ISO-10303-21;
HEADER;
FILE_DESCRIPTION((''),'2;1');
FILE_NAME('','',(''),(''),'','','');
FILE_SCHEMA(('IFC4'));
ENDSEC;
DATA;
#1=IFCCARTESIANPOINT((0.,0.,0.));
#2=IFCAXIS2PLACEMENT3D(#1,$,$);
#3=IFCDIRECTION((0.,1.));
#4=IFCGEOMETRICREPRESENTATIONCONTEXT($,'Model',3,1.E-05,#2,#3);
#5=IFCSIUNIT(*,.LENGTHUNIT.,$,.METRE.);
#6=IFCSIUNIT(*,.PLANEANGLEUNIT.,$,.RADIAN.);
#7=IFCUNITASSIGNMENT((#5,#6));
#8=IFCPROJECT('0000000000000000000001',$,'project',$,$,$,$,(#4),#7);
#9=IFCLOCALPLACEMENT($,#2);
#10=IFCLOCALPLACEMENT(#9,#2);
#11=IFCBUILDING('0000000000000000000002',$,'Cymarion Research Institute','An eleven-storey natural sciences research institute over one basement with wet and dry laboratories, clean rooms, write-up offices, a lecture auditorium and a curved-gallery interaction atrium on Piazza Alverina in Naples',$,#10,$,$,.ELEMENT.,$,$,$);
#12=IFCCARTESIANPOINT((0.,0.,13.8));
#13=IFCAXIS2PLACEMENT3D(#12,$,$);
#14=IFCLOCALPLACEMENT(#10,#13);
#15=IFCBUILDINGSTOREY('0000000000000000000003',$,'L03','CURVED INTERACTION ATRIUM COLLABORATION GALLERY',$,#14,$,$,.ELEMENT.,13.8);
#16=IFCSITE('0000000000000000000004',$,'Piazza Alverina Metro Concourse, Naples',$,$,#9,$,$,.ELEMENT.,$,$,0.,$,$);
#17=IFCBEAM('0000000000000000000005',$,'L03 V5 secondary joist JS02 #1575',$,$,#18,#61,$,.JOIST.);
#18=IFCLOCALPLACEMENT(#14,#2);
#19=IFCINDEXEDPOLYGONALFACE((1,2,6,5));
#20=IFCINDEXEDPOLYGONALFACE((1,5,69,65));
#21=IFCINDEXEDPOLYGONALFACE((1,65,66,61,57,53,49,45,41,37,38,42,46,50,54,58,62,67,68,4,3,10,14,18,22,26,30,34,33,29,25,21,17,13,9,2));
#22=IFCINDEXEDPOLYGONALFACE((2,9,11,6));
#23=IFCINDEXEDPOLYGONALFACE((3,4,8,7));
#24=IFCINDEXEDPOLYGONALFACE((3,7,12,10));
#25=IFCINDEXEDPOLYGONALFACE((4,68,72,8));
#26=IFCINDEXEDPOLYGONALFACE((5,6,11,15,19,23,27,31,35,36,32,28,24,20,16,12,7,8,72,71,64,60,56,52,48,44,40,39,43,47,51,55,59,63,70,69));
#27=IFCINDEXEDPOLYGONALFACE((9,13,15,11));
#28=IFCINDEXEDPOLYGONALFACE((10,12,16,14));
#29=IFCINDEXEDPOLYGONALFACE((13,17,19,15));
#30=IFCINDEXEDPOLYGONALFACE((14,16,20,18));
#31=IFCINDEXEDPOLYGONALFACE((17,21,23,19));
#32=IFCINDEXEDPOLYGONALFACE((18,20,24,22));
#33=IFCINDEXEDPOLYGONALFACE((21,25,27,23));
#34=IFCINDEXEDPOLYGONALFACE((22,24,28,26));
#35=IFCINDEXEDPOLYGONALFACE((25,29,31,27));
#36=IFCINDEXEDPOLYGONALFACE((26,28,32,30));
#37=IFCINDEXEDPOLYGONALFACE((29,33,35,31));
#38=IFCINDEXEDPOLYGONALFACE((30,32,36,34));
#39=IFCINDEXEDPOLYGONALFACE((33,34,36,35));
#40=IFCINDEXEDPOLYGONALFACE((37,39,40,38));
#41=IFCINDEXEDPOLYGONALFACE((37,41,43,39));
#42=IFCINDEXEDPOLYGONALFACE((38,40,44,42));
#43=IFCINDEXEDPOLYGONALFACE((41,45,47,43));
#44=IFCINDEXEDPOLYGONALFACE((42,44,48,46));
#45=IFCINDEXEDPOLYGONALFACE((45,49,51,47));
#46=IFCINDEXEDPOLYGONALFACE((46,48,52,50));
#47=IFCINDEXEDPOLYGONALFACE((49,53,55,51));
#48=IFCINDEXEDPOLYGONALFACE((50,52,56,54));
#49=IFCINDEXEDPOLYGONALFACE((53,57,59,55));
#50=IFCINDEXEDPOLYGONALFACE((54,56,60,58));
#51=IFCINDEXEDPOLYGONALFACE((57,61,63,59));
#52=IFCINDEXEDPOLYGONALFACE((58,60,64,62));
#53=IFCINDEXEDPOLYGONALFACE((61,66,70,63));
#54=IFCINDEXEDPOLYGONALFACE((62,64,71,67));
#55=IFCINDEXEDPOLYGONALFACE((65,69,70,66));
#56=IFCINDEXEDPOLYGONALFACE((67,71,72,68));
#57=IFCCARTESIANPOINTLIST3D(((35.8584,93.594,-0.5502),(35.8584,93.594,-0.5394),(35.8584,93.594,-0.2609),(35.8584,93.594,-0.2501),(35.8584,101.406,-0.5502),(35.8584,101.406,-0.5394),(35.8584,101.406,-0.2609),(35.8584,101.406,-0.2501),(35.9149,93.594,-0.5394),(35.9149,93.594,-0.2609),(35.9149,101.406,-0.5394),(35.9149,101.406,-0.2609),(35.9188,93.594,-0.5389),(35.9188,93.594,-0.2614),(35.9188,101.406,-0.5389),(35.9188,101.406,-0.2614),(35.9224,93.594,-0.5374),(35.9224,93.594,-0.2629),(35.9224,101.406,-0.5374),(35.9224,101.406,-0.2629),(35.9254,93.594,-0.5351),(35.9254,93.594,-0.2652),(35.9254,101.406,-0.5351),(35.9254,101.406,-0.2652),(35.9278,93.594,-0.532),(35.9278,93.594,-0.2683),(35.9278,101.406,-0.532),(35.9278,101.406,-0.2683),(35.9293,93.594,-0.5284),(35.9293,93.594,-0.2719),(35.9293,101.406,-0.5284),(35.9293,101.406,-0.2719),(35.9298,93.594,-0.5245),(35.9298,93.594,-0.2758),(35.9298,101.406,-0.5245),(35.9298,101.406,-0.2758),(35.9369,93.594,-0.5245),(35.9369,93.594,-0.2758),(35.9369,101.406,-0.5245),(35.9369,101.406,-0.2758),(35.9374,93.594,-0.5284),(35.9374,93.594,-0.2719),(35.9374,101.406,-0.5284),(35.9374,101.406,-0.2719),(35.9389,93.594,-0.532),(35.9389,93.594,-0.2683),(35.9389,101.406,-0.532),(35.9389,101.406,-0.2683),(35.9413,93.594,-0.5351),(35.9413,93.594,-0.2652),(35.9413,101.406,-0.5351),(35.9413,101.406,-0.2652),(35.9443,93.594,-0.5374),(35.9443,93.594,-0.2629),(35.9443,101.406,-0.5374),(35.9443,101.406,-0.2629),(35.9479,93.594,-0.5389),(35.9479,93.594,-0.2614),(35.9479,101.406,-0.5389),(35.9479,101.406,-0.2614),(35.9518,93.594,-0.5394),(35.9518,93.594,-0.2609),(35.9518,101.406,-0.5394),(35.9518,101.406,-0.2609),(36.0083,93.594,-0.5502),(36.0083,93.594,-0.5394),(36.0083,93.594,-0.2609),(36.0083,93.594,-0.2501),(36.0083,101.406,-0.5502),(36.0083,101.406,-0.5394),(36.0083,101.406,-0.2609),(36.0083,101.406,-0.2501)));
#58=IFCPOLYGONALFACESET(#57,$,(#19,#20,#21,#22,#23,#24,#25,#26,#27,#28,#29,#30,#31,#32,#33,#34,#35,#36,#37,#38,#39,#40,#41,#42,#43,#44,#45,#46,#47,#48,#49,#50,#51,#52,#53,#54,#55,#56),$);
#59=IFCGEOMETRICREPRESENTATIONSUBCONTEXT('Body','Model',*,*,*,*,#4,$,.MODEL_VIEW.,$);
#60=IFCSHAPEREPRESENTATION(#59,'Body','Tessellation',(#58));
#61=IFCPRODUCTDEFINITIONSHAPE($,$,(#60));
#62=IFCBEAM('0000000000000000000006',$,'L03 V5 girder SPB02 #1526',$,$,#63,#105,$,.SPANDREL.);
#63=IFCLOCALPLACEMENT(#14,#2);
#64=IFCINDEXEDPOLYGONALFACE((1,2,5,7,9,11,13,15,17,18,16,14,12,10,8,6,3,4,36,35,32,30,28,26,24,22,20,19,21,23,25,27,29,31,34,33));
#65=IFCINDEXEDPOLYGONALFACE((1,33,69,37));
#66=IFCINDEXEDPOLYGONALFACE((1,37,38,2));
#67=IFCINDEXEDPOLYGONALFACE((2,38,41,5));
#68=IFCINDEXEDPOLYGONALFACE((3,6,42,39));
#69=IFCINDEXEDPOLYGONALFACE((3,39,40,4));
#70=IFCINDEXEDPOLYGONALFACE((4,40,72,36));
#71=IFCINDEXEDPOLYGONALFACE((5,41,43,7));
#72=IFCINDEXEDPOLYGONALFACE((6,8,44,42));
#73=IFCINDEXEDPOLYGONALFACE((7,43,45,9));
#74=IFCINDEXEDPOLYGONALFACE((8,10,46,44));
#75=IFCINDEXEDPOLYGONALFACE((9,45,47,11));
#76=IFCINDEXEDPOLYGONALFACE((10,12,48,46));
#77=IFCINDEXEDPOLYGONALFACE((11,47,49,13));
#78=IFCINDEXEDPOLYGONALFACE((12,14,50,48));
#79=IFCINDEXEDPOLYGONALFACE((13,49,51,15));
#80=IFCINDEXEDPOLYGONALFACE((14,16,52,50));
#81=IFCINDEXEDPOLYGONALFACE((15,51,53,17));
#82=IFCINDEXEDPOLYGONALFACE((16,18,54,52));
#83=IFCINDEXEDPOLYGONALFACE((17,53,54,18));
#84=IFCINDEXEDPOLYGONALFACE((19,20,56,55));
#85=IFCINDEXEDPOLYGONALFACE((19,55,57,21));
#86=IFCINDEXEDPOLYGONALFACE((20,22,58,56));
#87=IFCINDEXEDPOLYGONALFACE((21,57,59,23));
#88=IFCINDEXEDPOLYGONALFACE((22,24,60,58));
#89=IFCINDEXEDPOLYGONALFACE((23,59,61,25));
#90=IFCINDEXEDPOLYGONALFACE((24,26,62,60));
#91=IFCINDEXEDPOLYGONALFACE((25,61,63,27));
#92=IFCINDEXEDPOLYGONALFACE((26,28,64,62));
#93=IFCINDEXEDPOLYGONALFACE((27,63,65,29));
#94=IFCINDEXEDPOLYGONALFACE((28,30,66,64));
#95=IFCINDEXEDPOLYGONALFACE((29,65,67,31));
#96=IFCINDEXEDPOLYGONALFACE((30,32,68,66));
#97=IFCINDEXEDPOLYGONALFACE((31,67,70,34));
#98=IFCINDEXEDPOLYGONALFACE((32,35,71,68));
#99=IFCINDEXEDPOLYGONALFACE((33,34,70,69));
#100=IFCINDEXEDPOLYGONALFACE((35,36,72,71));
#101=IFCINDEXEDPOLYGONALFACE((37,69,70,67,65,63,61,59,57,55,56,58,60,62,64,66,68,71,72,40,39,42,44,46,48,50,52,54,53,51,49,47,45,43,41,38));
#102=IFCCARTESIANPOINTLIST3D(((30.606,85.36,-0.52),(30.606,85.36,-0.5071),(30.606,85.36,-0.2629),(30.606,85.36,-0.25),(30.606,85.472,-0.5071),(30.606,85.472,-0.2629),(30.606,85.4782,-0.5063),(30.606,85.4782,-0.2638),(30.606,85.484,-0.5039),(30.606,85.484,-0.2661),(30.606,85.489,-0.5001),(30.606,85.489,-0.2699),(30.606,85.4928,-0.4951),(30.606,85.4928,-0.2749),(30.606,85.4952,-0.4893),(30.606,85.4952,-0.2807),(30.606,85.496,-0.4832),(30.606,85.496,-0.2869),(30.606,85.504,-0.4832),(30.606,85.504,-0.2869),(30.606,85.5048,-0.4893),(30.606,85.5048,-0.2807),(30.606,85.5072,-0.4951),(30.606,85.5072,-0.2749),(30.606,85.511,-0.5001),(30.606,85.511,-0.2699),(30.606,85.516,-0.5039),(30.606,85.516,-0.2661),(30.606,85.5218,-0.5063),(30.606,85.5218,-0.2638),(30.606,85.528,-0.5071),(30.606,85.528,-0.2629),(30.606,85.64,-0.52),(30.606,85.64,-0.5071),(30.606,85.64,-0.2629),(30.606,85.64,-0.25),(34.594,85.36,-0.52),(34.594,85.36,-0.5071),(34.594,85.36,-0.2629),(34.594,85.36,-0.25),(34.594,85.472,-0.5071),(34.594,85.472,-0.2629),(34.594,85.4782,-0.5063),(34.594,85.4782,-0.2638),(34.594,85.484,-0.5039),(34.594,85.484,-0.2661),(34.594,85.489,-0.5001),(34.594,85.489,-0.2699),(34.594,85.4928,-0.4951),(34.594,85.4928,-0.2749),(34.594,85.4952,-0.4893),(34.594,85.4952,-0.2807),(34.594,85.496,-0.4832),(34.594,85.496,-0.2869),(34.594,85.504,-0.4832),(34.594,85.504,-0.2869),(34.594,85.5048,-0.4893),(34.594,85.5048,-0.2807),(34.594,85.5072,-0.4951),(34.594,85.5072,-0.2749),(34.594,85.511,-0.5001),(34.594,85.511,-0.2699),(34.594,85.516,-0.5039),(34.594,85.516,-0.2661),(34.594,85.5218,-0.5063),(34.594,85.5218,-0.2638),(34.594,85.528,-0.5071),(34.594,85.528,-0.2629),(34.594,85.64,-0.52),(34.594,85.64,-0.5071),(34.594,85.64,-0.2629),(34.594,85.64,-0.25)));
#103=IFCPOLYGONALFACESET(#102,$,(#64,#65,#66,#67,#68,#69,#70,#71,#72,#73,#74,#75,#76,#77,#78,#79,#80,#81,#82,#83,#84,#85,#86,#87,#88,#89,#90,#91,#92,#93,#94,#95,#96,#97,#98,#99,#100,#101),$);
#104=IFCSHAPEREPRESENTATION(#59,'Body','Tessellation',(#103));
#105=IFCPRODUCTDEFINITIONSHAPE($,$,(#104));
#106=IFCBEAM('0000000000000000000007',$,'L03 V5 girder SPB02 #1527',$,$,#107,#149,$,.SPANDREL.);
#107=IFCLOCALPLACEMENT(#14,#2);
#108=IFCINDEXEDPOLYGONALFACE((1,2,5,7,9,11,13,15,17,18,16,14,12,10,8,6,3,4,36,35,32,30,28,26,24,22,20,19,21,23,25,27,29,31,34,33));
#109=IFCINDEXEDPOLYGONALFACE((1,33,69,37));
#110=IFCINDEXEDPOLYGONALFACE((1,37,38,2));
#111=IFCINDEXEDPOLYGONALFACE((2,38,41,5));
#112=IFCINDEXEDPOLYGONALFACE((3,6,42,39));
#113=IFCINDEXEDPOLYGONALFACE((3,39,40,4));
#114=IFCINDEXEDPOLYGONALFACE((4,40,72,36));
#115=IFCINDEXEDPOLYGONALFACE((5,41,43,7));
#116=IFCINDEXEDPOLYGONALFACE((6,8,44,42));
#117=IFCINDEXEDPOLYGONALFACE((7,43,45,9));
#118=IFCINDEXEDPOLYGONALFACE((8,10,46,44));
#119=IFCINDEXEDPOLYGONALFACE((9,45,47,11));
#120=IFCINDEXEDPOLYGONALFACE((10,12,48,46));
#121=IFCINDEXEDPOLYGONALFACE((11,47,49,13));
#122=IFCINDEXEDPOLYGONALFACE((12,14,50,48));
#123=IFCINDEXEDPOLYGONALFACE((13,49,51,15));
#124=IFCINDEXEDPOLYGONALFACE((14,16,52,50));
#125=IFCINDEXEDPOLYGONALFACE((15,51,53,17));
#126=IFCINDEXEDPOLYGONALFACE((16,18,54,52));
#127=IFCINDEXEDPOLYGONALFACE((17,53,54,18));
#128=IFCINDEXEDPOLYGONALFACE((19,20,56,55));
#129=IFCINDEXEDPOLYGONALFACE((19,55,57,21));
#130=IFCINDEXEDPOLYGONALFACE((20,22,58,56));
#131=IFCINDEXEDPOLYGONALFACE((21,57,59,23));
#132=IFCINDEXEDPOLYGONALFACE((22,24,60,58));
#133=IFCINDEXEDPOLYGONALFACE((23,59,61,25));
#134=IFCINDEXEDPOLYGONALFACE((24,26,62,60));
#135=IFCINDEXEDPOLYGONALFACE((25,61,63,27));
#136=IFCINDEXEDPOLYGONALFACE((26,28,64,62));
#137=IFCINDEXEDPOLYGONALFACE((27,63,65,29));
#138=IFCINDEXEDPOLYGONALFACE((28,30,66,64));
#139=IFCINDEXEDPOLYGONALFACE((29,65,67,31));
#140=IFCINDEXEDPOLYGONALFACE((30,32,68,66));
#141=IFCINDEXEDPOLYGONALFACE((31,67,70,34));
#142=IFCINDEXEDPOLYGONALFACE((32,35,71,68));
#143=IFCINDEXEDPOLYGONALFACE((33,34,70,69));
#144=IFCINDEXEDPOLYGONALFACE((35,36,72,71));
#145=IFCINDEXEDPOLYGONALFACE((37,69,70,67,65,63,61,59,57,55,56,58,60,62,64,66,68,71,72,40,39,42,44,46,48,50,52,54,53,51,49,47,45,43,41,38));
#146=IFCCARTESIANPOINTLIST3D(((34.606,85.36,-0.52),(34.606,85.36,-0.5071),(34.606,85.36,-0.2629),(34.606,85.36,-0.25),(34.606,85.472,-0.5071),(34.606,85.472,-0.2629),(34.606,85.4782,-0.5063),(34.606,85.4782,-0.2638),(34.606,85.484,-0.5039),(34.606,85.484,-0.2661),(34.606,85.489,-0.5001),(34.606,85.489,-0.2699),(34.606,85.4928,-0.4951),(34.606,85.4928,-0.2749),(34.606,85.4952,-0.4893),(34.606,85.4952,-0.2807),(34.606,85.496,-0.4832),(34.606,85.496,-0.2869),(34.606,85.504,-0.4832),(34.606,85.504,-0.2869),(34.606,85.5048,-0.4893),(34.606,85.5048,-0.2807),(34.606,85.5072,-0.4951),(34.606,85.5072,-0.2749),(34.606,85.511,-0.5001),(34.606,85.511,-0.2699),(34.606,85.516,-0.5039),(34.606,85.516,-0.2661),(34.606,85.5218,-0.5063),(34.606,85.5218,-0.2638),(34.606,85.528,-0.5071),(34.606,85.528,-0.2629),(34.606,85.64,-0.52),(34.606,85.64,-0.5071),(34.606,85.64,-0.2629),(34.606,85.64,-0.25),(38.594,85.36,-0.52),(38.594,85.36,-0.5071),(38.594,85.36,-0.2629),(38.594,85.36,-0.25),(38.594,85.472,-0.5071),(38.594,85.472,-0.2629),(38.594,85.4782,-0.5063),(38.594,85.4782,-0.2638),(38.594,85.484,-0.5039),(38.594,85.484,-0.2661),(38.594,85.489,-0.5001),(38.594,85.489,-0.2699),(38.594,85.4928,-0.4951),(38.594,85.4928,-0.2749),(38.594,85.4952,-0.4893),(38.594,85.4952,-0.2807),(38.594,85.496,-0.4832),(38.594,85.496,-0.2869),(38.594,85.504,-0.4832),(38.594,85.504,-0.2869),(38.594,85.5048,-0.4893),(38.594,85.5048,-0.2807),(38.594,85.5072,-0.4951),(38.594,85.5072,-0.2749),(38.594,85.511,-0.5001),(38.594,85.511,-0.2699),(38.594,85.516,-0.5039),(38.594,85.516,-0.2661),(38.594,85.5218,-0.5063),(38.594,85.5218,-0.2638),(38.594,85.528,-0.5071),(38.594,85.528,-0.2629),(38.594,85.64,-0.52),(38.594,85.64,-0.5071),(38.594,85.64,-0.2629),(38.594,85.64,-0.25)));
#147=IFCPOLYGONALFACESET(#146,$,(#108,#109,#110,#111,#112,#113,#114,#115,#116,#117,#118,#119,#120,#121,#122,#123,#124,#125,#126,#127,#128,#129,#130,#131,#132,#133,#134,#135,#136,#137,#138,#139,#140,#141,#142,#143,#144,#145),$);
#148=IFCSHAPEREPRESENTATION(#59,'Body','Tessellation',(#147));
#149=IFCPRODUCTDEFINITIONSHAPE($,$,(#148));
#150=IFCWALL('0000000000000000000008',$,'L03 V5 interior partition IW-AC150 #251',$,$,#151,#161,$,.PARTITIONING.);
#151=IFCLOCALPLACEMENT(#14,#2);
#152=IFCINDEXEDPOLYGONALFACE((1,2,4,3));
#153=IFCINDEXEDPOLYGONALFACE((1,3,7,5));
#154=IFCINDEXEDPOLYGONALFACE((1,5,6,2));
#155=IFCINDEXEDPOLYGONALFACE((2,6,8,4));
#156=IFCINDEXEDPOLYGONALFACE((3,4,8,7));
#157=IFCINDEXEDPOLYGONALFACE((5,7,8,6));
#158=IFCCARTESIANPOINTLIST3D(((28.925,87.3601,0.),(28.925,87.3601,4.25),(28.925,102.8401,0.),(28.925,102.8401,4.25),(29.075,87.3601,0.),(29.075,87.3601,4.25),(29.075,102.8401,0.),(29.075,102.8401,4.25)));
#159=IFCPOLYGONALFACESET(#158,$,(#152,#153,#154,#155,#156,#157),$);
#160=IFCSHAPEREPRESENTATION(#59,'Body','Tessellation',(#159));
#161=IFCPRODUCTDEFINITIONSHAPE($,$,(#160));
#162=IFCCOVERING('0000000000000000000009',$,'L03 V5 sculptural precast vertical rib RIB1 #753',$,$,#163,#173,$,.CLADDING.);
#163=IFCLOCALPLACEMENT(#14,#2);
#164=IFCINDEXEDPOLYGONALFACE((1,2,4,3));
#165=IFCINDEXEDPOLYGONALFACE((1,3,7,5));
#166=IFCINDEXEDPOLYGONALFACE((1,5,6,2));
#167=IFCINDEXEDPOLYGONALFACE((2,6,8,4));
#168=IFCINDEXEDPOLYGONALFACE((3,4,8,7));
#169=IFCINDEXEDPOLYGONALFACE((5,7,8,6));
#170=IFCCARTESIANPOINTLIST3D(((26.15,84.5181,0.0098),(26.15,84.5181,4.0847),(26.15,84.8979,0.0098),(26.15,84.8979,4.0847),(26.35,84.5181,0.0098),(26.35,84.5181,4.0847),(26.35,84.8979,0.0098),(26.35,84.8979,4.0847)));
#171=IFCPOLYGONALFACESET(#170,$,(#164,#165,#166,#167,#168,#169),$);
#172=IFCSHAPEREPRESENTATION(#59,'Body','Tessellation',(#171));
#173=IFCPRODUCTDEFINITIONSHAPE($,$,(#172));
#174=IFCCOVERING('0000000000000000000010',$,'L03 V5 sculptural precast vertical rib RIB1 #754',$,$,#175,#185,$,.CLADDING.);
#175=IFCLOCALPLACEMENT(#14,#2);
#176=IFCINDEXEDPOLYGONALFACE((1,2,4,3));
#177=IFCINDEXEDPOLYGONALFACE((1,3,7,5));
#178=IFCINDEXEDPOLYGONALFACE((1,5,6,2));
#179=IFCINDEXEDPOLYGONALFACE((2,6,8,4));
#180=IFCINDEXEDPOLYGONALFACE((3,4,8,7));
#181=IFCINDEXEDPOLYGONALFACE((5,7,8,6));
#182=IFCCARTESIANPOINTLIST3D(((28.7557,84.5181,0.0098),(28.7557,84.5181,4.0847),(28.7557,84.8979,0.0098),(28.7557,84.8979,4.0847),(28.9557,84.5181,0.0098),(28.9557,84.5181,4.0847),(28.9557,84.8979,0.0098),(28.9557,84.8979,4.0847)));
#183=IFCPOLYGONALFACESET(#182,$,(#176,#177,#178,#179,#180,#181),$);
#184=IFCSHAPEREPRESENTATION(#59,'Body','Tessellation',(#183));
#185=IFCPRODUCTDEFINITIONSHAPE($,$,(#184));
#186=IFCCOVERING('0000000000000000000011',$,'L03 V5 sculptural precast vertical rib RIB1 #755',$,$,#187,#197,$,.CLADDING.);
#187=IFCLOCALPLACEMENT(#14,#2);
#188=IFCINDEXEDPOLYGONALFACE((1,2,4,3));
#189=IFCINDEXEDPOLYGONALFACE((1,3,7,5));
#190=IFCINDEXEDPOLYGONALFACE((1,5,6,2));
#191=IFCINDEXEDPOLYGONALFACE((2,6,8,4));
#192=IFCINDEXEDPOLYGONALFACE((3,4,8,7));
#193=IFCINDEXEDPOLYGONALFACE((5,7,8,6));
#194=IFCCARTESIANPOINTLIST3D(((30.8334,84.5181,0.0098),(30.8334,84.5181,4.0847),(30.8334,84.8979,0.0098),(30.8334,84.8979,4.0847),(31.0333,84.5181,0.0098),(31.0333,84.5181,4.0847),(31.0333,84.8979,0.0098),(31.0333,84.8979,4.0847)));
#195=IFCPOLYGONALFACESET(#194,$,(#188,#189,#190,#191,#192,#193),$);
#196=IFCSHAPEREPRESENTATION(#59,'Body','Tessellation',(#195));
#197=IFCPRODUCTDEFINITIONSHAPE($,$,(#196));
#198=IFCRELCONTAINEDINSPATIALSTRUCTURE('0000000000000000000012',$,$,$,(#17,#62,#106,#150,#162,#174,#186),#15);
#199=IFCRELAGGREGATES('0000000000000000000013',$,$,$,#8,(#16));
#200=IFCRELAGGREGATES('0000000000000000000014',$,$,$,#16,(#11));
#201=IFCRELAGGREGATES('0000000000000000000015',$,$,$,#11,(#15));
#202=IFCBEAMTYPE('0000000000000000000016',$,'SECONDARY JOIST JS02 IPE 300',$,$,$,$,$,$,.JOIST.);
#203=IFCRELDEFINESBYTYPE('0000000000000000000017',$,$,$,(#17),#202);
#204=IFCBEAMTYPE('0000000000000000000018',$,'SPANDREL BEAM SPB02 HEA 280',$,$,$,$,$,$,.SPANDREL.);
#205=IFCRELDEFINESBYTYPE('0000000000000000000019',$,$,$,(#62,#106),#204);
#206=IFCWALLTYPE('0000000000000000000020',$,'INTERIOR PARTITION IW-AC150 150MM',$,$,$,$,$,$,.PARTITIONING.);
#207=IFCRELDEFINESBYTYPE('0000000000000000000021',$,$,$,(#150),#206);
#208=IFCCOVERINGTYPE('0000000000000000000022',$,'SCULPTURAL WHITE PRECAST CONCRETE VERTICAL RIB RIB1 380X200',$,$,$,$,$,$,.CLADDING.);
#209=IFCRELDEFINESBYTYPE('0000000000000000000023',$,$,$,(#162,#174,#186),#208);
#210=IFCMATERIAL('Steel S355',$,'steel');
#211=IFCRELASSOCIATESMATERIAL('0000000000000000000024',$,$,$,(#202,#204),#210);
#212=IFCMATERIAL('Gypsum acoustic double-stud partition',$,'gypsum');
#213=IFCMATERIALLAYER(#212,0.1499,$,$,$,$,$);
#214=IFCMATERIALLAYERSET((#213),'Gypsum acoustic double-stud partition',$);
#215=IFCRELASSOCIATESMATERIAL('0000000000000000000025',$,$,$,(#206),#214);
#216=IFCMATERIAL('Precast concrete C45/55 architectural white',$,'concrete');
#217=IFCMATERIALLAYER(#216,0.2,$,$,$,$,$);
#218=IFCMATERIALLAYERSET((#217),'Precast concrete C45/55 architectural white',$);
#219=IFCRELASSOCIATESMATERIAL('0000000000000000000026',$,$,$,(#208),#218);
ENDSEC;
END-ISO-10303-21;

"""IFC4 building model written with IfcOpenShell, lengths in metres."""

from ifc_helpers import new_model, si_unit, direction, frame, frame_2d, origin, origin_2d, place, context, subcontext, project, spatial, rectangle, i_section, extrude, material, layer, layer_set, material_profile, profile_set, type_object, element, save


model = new_model("IFC4")

# Units and contexts
model_context = context("Model", 3, precision=1e-05, world=origin(), true_north=direction((0.0, 1.0)))
body_context = subcontext(model_context, "Body", "Model", "MODEL_VIEW")
ifc_project = project(units=[si_unit("LENGTHUNIT", "METRE"), si_unit("PLANEANGLEUNIT", "RADIAN")], contexts=[model_context])

# Site, building, storey
site_placement = place(None, origin())
site = spatial("IfcSite", under=ifc_project, at=site_placement, Name="Piazza Alverina Metro Concourse, Naples", CompositionType="ELEMENT", RefElevation=0.0)
building_placement = place(site_placement, origin())
building = spatial("IfcBuilding", under=site, at=building_placement, Name="Cymarion Research Institute", Description="An eleven-storey natural sciences research institute over one basement with wet and dry laboratories, clean rooms, write-up offices, a lecture auditorium and a curved-gallery interaction atrium on Piazza Alverina in Naples", CompositionType="ELEMENT")
storey_placement = place(building_placement, frame((0.0, 0.0, 13.8)))
storey = spatial("IfcBuildingStorey", under=building, at=storey_placement, Name="L03", Description="CURVED INTERACTION ATRIUM COLLABORATION GALLERY", CompositionType="ELEMENT", Elevation=13.8)

# Shared definitions
ifc_material_1 = material(Name="Steel S355", Category="steel")

# Beams
ifc_material_profile_1 = material_profile(ifc_material_1, i_section(OverallWidth=0.1499, OverallDepth=0.3, WebThickness=0.0071, FlangeThickness=0.0107, FilletRadius=0.0149, at=origin_2d()), Name="IPE 300")
ifc_profile_set_1 = profile_set([ifc_material_profile_1], Name="Steel S355")
beam_type_1 = type_object("IfcBeamType", Name="SECONDARY JOIST JS02 IPE 300", PredefinedType="JOIST", material=ifc_profile_set_1)
for number, where, z_axis, x_axis, name in (
    (1, (35.9333, 93.594, -0.4001), (0.0, 1.0, 0.0), (-1.0, 0.0, 0.0), "L03 V5 secondary joist JS02 #1575"),
):
    element("IfcBeam", number, at=place(storey_placement, frame(where, z_axis=z_axis, x_axis=x_axis)), inside=storey, type_object=beam_type_1, Name=name, PredefinedType="JOIST", context=body_context, shape_type="SweptSolid", body=[
        extrude(i_section(OverallWidth=0.1499, OverallDepth=0.3, WebThickness=0.0071, FlangeThickness=0.0107, FilletRadius=0.0149, at=origin_2d()), origin(), (0.0, 0.0, 1.0), 7.812),
    ])
ifc_material_profile_2 = material_profile(ifc_material_1, i_section(OverallWidth=0.28, OverallDepth=0.27, WebThickness=0.0081, FlangeThickness=0.0129, FilletRadius=0.0239, at=origin_2d()), Name="HEA 280")
ifc_profile_set_2 = profile_set([ifc_material_profile_2], Name="Steel S355")
beam_type_2 = type_object("IfcBeamType", Name="SPANDREL BEAM SPB02 HEA 280", PredefinedType="SPANDREL", material=ifc_profile_set_2)
for number, where, z_axis, x_axis, name in (
    (2, (30.606, 85.5, -0.385), (1.0, 0.0, 0.0), (0.0, 1.0, 0.0), "L03 V5 girder SPB02 #1526"),
    (3, (34.606, 85.5, -0.385), (1.0, 0.0, 0.0), (0.0, 1.0, 0.0), "L03 V5 girder SPB02 #1527"),
):
    element("IfcBeam", number, at=place(storey_placement, frame(where, z_axis=z_axis, x_axis=x_axis)), inside=storey, type_object=beam_type_2, Name=name, PredefinedType="SPANDREL", context=body_context, shape_type="SweptSolid", body=[
        extrude(i_section(OverallWidth=0.28, OverallDepth=0.27, WebThickness=0.0081, FlangeThickness=0.0129, FilletRadius=0.0239, at=origin_2d()), origin(), (0.0, 0.0, 1.0), 3.988),
    ])

# Wall
ifc_material_2 = material(Name="Gypsum acoustic double-stud partition", Category="gypsum")
ifc_layer_1 = layer(ifc_material_2, 0.1499)
ifc_layer_set_1 = layer_set([ifc_layer_1], Name="Gypsum acoustic double-stud partition")
wall_type = type_object("IfcWallType", Name="INTERIOR PARTITION IW-AC150 150MM", PredefinedType="PARTITIONING", material=ifc_layer_set_1)
wall_placement = place(storey_placement, frame((29.0, 87.3601, 0.0), z_axis=(0.0, 0.0, 1.0), x_axis=(0.0, 1.0, 0.0)))
element("IfcWall", 4, at=wall_placement, inside=storey, type_object=wall_type, Name="L03 V5 interior partition IW-AC150 #251", PredefinedType="PARTITIONING", context=body_context, shape_type="SweptSolid", body=[
    extrude(rectangle(XDim=15.48, YDim=0.1499, at=frame_2d((7.74, 0.0))), origin(), (0.0, 0.0, 1.0), 4.25),
])

# Coverings
ifc_material_3 = material(Name="Precast concrete C45/55 architectural white", Category="concrete")
ifc_layer_2 = layer(ifc_material_3, 0.2)
ifc_layer_set_2 = layer_set([ifc_layer_2], Name="Precast concrete C45/55 architectural white")
covering_type = type_object("IfcCoveringType", Name="SCULPTURAL WHITE PRECAST CONCRETE VERTICAL RIB RIB1 380X200", PredefinedType="CLADDING", material=ifc_layer_set_2)
for number, where, z_axis, x_axis, name in (
    (5, (26.25, 84.708, 0.0098), (0.0, 0.0, 1.0), (0.0, -1.0, 0.0), "L03 V5 sculptural precast vertical rib RIB1 #753"),
    (6, (28.8557, 84.708, 0.0098), (0.0, 0.0, 1.0), (0.0, -1.0, 0.0), "L03 V5 sculptural precast vertical rib RIB1 #754"),
    (7, (30.9333, 84.708, 0.0098), (0.0, 0.0, 1.0), (0.0, -1.0, 0.0), "L03 V5 sculptural precast vertical rib RIB1 #755"),
):
    element("IfcCovering", number, at=place(storey_placement, frame(where, z_axis=z_axis, x_axis=x_axis)), inside=storey, type_object=covering_type, Name=name, PredefinedType="CLADDING", context=body_context, shape_type="SweptSolid", body=[
        extrude(rectangle(XDim=0.3799, YDim=0.2, at=origin_2d()), origin(), (0.0, 0.0, 1.0), 4.075),
    ])

save(model, "model.ifc")
